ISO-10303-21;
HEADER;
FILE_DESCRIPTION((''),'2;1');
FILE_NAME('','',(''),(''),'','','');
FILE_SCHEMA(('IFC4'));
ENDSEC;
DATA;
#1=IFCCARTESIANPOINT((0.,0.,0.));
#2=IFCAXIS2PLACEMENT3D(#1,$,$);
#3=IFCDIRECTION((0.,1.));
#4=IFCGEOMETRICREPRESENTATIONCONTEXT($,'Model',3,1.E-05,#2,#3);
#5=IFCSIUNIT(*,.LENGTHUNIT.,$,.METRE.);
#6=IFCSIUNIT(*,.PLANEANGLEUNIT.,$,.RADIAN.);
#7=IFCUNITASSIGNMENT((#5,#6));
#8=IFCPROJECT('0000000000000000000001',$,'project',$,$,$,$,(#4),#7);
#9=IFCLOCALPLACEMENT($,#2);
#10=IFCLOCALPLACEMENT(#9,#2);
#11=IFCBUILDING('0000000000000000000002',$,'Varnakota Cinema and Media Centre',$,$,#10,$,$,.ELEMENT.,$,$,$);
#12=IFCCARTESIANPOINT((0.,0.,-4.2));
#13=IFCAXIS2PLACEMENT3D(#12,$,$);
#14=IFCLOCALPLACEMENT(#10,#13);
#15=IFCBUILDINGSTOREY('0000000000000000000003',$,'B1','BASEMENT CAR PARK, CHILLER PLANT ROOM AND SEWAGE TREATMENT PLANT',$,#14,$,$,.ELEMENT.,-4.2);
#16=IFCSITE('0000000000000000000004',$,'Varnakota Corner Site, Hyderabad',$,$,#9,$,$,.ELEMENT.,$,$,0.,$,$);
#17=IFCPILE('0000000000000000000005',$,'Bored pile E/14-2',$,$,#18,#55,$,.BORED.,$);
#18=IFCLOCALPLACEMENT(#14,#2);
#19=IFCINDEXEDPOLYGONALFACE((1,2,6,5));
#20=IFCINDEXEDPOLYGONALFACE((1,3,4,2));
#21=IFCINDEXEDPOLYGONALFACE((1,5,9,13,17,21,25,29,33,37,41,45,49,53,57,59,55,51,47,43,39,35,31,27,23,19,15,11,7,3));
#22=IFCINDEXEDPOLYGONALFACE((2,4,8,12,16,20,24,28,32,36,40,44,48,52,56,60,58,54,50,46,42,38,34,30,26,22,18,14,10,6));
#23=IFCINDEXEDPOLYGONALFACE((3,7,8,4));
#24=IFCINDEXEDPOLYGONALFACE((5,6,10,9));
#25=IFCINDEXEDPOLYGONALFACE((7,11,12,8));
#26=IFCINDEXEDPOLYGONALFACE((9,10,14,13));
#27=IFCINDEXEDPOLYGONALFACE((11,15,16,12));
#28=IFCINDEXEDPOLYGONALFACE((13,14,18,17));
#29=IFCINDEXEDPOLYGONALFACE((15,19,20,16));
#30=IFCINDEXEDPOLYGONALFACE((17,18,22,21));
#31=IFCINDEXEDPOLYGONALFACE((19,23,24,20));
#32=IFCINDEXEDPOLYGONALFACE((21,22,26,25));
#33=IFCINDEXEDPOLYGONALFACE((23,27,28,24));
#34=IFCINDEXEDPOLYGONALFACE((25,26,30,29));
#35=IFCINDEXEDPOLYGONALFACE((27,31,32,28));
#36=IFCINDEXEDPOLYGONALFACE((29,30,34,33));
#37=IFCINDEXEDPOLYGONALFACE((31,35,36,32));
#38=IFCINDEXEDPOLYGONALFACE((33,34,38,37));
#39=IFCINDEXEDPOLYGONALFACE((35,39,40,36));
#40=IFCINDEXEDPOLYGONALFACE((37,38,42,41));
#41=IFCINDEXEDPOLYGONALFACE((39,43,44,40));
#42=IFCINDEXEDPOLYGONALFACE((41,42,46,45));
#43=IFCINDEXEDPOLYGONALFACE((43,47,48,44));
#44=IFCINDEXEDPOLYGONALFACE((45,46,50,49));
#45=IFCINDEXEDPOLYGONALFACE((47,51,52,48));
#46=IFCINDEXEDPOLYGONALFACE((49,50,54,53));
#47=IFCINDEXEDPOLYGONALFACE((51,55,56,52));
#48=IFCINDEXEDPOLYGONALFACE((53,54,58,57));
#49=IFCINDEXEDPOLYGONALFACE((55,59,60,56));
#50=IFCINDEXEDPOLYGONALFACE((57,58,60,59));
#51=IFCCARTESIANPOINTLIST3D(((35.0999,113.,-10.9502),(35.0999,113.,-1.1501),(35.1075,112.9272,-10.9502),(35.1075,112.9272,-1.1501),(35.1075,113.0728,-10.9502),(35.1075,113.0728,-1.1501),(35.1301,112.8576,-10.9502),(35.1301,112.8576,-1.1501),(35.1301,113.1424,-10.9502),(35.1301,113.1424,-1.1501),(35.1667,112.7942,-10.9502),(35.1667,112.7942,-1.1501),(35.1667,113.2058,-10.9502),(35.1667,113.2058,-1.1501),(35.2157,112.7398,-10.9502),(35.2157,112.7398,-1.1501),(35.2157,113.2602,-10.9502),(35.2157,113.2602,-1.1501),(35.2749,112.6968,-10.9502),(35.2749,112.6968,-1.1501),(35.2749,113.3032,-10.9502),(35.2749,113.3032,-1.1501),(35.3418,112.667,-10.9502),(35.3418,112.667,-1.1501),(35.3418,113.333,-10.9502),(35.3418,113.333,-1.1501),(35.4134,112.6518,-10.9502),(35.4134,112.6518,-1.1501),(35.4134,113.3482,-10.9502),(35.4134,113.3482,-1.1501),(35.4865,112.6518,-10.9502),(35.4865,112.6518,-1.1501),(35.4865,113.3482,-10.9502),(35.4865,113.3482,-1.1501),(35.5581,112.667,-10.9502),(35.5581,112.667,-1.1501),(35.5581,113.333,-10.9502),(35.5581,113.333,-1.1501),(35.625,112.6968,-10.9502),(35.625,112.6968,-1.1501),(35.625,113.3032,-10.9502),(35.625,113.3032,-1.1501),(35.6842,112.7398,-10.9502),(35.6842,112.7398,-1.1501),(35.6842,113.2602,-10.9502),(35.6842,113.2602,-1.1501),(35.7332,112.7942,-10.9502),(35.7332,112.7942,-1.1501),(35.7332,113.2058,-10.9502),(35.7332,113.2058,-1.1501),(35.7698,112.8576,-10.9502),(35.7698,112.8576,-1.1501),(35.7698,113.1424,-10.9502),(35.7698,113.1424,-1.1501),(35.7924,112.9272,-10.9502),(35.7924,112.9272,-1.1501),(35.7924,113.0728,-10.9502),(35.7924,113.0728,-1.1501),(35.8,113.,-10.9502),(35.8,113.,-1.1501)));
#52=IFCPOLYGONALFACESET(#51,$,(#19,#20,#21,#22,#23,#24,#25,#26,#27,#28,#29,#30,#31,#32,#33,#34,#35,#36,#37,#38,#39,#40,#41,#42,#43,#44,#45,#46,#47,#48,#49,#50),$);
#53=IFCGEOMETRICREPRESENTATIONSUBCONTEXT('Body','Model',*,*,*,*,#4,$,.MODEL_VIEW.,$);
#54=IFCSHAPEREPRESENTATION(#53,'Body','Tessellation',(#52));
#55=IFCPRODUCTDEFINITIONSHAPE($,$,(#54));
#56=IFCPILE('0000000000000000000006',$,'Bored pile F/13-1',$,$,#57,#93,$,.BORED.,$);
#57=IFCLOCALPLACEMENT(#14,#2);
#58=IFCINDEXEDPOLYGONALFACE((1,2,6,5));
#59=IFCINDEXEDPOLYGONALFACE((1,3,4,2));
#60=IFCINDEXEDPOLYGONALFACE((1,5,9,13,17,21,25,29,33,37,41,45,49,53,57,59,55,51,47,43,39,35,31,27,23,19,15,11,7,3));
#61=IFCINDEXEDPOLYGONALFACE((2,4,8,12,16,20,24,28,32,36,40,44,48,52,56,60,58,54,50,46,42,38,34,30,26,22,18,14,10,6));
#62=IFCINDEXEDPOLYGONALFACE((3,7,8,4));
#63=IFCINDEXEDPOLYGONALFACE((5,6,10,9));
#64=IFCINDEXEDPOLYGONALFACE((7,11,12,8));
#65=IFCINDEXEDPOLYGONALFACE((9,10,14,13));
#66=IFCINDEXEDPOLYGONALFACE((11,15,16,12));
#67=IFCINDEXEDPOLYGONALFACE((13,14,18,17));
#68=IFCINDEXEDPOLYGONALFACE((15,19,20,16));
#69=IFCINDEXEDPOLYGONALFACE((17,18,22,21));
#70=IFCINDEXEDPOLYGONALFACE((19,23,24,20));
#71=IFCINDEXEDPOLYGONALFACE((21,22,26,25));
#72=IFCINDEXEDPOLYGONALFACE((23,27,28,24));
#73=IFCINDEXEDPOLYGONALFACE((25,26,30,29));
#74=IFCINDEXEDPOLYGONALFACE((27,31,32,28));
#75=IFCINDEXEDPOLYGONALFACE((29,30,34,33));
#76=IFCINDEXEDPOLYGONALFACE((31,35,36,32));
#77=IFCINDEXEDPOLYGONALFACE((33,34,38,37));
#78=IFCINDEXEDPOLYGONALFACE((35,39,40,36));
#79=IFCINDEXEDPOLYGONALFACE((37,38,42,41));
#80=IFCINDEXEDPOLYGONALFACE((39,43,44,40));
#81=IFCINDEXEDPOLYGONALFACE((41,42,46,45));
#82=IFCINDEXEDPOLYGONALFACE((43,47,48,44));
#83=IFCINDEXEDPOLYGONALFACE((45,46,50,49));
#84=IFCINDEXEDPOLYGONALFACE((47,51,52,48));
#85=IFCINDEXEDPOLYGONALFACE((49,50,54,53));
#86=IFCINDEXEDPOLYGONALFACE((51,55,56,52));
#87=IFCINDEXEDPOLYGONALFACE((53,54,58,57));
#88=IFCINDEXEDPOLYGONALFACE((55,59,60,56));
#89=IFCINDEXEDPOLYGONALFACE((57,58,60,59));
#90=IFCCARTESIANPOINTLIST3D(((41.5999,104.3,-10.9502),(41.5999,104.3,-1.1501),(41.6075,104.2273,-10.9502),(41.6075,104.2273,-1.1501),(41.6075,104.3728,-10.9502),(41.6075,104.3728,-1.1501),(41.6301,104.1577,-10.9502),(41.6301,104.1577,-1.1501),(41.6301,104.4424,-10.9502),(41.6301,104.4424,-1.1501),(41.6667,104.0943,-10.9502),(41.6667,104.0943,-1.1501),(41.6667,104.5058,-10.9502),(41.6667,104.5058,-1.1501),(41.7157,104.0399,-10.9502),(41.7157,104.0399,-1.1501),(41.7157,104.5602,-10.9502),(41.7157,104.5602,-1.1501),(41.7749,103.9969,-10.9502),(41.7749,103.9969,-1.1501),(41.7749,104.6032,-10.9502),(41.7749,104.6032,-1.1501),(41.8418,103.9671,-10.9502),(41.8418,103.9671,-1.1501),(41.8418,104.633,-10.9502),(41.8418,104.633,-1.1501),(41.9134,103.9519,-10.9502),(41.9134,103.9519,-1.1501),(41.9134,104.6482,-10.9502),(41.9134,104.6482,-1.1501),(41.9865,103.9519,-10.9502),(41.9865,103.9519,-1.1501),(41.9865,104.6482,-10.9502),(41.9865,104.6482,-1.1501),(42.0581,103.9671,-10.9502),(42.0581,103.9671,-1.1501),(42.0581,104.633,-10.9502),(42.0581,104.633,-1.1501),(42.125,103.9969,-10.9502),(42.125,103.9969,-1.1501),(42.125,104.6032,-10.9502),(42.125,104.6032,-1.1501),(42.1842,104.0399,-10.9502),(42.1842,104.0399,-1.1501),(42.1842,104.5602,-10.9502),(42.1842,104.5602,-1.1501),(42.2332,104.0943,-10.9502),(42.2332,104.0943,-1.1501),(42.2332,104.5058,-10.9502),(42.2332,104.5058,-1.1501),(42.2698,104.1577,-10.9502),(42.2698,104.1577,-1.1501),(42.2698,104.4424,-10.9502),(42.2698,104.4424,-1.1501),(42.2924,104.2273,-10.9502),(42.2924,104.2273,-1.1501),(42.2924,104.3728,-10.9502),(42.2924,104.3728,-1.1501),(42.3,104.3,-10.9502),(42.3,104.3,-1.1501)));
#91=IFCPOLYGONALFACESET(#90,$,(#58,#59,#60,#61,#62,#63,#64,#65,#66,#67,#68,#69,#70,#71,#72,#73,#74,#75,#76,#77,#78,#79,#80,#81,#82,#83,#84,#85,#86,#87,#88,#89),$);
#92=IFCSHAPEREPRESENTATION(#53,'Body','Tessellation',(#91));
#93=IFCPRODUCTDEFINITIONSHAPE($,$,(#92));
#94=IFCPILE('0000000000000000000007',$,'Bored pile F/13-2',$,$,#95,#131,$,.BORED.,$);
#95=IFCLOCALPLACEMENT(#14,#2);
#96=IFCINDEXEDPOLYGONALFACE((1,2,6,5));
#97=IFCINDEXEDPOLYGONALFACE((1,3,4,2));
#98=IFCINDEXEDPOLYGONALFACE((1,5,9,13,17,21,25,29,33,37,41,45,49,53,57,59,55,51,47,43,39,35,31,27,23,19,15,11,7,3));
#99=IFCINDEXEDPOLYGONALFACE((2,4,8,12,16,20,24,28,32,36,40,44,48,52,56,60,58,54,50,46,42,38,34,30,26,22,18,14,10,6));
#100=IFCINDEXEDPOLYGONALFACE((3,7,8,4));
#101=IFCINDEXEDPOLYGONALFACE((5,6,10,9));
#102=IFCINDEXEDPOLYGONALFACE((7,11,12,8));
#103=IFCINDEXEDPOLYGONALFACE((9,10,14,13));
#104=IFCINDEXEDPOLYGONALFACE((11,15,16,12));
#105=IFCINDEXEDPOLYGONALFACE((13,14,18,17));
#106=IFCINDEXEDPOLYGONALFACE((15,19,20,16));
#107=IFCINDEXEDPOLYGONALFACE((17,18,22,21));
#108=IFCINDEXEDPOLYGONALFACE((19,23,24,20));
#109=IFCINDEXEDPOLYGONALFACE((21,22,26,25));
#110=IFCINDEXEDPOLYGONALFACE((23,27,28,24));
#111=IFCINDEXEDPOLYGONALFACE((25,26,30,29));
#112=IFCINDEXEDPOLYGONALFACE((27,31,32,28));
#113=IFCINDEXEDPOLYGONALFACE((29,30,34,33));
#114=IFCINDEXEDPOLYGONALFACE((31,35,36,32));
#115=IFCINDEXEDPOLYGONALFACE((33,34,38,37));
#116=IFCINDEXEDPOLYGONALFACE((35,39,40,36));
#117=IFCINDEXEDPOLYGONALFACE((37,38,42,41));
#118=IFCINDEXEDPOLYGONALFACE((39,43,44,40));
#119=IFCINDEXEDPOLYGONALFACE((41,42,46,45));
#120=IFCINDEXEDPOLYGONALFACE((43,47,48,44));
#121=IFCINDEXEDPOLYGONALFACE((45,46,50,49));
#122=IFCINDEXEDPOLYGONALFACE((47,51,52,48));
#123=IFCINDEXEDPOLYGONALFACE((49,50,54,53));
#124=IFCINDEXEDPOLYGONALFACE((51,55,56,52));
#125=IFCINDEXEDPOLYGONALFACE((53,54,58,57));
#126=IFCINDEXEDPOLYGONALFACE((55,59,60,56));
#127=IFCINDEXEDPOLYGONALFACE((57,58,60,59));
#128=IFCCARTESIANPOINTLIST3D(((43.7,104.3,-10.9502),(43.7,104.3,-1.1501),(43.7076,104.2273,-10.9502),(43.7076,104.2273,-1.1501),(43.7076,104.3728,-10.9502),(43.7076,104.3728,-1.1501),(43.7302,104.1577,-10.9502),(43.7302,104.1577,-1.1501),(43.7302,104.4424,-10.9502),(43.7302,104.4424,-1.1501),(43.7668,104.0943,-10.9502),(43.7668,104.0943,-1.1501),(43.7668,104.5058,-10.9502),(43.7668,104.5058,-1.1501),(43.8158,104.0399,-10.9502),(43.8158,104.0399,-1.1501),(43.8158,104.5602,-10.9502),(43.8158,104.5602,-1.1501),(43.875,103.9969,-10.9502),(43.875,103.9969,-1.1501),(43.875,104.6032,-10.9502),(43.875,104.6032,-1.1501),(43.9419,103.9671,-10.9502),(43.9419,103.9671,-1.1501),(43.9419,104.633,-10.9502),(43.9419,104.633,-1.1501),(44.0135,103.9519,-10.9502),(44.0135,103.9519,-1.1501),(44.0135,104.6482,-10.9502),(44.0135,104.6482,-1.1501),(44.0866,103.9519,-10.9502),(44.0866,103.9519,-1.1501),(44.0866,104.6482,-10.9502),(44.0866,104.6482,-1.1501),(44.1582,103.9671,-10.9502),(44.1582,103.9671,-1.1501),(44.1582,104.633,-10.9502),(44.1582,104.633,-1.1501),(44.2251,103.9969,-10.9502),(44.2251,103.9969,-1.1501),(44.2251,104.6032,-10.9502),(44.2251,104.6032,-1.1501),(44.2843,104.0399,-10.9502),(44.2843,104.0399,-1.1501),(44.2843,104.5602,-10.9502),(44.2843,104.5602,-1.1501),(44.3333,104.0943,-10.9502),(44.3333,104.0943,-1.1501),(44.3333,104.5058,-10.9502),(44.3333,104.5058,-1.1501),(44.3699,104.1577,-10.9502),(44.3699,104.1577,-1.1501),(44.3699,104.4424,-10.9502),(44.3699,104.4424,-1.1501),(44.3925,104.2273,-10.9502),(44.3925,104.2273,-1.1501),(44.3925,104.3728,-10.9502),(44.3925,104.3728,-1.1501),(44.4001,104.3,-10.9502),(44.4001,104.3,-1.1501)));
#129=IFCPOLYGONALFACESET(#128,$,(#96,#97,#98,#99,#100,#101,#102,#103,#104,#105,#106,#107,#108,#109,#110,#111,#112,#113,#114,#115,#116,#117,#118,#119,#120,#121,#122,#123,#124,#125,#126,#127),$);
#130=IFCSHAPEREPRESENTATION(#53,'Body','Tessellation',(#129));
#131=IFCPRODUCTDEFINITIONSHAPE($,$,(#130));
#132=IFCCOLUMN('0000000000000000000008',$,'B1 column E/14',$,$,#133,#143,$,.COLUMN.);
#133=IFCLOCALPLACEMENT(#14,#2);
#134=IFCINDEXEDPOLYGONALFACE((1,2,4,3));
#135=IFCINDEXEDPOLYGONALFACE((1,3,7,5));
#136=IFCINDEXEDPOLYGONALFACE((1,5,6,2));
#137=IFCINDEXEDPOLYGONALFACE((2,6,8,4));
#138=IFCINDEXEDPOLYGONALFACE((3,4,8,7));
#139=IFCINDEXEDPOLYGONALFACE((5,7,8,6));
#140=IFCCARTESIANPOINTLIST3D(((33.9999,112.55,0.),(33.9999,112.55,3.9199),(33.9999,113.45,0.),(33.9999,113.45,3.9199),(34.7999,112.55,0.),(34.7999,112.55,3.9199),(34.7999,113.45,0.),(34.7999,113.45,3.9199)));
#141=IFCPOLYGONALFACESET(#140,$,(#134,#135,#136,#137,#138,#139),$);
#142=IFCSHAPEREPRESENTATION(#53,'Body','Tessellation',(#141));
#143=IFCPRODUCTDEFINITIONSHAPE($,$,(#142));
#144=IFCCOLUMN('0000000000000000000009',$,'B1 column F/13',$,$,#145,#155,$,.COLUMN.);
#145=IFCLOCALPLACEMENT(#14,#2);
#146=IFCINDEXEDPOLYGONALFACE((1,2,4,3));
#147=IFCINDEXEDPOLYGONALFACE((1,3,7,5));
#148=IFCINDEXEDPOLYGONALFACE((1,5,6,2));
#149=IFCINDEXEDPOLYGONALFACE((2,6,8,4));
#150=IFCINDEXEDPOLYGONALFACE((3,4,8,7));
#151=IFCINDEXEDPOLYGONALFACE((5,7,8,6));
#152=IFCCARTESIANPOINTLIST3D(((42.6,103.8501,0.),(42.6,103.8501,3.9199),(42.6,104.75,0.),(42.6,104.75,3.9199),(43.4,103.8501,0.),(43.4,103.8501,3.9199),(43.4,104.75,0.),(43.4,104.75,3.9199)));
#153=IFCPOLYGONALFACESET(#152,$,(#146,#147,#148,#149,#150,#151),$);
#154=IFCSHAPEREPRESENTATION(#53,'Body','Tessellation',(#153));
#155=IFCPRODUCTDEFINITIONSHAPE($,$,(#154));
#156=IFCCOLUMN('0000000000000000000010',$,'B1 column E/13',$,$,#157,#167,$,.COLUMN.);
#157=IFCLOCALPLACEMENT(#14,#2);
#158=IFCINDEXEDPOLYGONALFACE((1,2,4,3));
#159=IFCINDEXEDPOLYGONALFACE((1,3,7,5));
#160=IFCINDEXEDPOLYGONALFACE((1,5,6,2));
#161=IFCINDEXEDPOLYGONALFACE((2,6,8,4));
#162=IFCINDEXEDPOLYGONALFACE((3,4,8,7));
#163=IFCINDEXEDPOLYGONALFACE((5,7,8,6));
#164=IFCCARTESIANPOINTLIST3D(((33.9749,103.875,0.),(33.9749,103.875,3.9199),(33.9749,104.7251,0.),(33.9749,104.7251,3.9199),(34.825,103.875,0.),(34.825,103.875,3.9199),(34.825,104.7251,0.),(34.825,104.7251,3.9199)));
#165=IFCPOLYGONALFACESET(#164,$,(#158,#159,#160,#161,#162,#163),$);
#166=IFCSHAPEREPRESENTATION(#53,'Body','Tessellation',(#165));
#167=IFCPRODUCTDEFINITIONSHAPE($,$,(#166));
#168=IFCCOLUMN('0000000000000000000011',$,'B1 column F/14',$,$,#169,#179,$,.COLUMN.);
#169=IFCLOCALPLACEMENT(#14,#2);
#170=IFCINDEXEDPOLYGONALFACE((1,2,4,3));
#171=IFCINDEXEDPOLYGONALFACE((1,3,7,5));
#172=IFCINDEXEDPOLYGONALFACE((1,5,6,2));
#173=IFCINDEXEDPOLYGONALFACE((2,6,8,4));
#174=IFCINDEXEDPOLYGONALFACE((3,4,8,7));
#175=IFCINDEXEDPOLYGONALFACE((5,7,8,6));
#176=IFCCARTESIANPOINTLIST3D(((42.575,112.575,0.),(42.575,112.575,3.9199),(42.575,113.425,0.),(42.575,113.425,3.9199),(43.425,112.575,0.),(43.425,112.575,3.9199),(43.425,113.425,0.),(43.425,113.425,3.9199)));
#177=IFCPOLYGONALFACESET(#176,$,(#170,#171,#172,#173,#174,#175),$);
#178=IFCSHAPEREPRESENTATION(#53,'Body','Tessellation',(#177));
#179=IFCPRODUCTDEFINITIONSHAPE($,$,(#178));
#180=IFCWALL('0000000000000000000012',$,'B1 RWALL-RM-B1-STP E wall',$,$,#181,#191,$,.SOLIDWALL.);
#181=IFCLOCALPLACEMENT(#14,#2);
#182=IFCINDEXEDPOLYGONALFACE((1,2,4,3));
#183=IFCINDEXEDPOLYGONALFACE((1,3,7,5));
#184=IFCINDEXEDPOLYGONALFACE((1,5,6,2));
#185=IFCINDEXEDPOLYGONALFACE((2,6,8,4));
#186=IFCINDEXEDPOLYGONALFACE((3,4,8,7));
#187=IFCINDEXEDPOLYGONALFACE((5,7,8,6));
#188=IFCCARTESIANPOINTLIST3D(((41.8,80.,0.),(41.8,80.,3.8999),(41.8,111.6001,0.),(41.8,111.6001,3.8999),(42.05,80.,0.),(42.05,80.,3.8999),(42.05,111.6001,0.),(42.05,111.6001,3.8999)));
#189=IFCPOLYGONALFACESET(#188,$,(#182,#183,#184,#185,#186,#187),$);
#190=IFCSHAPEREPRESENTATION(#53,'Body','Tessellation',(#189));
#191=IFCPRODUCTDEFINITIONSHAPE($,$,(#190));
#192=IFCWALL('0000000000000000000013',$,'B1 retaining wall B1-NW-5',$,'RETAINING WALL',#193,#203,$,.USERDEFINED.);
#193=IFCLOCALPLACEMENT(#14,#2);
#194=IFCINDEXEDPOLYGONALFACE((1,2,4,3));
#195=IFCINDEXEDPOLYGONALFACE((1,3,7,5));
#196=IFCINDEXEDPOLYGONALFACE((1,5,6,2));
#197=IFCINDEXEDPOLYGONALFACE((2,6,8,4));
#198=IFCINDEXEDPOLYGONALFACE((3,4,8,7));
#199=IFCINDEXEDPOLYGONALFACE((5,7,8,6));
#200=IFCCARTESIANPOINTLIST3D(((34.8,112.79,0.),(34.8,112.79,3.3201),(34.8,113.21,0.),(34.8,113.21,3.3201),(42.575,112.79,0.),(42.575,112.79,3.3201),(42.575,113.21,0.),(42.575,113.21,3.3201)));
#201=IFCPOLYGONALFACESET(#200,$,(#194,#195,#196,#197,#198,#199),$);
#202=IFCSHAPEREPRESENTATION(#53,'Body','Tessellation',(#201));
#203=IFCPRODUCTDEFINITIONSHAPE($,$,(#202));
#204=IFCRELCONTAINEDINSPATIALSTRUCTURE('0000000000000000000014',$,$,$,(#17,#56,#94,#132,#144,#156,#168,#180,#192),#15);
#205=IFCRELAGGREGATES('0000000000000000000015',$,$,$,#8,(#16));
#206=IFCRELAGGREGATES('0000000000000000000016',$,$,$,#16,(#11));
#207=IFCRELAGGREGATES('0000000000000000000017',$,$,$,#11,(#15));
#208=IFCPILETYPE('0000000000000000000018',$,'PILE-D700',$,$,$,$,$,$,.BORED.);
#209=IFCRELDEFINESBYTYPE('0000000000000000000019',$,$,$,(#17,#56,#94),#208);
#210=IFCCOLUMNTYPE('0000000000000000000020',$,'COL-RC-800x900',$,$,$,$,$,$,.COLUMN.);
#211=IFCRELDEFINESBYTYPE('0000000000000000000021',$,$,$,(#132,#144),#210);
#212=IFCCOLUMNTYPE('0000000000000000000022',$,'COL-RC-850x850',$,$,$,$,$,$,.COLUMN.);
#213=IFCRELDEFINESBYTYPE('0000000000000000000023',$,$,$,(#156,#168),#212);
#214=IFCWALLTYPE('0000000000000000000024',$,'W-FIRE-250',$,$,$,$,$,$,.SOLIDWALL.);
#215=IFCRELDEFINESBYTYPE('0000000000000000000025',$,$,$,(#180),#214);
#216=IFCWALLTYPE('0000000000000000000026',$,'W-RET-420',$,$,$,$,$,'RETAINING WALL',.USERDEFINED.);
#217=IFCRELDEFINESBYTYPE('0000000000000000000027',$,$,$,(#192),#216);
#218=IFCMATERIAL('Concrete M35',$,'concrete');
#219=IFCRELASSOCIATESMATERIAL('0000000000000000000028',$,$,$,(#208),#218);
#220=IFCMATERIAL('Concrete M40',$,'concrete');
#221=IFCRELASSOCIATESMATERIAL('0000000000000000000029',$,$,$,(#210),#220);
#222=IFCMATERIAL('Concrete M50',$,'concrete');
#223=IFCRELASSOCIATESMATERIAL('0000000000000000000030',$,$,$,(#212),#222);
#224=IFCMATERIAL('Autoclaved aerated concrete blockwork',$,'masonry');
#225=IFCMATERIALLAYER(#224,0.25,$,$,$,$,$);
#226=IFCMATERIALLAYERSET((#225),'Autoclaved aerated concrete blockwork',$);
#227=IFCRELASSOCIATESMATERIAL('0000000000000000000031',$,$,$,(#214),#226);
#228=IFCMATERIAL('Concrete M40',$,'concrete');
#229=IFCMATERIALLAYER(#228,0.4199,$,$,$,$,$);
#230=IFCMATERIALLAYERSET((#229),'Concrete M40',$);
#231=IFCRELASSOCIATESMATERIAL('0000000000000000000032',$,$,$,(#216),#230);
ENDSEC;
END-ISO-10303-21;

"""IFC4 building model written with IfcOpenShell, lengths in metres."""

from ifc_helpers import new_model, si_unit, direction, frame, frame_2d, origin, origin_2d, place, context, subcontext, project, spatial, rectangle, circle, extrude, material, layer, layer_set, material_profile, profile_set, type_object, element, save


model = new_model("IFC4")

# Units and contexts
model_context = context("Model", 3, precision=1e-05, world=origin(), true_north=direction((0.0, 1.0)))
body_context = subcontext(model_context, "Body", "Model", "MODEL_VIEW")
ifc_project = project(units=[si_unit("LENGTHUNIT", "METRE"), si_unit("PLANEANGLEUNIT", "RADIAN")], contexts=[model_context])

# Site, building, storey
site_placement = place(None, origin())
site = spatial("IfcSite", under=ifc_project, at=site_placement, Name="Varnakota Corner Site, Hyderabad", CompositionType="ELEMENT", RefElevation=0.0)
building_placement = place(site_placement, origin())
building = spatial("IfcBuilding", under=site, at=building_placement, Name="Varnakota Cinema and Media Centre", CompositionType="ELEMENT")
storey_placement = place(building_placement, frame((0.0, 0.0, -4.2)))
storey = spatial("IfcBuildingStorey", under=building, at=storey_placement, Name="B1", Description="BASEMENT CAR PARK, CHILLER PLANT ROOM AND SEWAGE TREATMENT PLANT", CompositionType="ELEMENT", Elevation=-4.2)

# Piles
ifc_material_1 = material(Name="Concrete M35", Category="concrete")
ifc_material_profile_1 = material_profile(ifc_material_1, circle(Radius=0.3501, at=origin_2d()), Name="PILE D700")
ifc_profile_set_1 = profile_set([ifc_material_profile_1], Name="Concrete M35")
pile_type_1 = type_object("IfcPileType", Name="PILE-D700", PredefinedType="BORED", material=ifc_profile_set_1)
for number, where, z_axis, x_axis, name in (
    (1, (35.45, 113.0, -1.1501), (0.0, 0.0, -1.0), (1.0, 0.0, 0.0), "Bored pile E/14-2"),
    (2, (41.95, 104.3, -1.1501), (0.0, 0.0, -1.0), (1.0, 0.0, 0.0), "Bored pile F/13-1"),
    (3, (44.05, 104.3, -1.1501), (0.0, 0.0, -1.0), (1.0, 0.0, 0.0), "Bored pile F/13-2"),
):
    element("IfcPile", number, at=place(storey_placement, frame(where, z_axis=z_axis, x_axis=x_axis)), inside=storey, type_object=pile_type_1, Name=name, PredefinedType="BORED", context=body_context, shape_type="SweptSolid", body=[
        extrude(circle(Radius=0.3501, at=origin_2d()), origin(), (0.0, 0.0, 1.0), 9.8),
    ])

# Columns
ifc_material_2 = material(Name="Concrete M40", Category="concrete")
ifc_material_profile_2 = material_profile(ifc_material_2, rectangle(XDim=0.8, YDim=0.8999, at=origin_2d()), Name="RC 800x900")
ifc_profile_set_2 = profile_set([ifc_material_profile_2], Name="Concrete M40")
column_type_1 = type_object("IfcColumnType", Name="COL-RC-800x900", PredefinedType="COLUMN", material=ifc_profile_set_2)
for number, where, z_axis, x_axis, name in (
    (4, (34.3999, 113.0, 0.0), (0.0, 0.0, 1.0), (1.0, 0.0, 0.0), "B1 column E/14"),
    (5, (43.0, 104.3, 0.0), (0.0, 0.0, 1.0), (1.0, 0.0, 0.0), "B1 column F/13"),
):
    element("IfcColumn", number, at=place(storey_placement, frame(where, z_axis=z_axis, x_axis=x_axis)), inside=storey, type_object=column_type_1, Name=name, PredefinedType="COLUMN", context=body_context, shape_type="SweptSolid", body=[
        extrude(rectangle(XDim=0.8, YDim=0.8999, at=origin_2d()), origin(), (0.0, 0.0, 1.0), 3.9199),
    ])
ifc_material_3 = material(Name="Concrete M50", Category="concrete")
ifc_material_profile_3 = material_profile(ifc_material_3, rectangle(XDim=0.8501, YDim=0.8501, at=origin_2d()), Name="RC 850x850")
ifc_profile_set_3 = profile_set([ifc_material_profile_3], Name="Concrete M50")
column_type_2 = type_object("IfcColumnType", Name="COL-RC-850x850", PredefinedType="COLUMN", material=ifc_profile_set_3)
for number, where, z_axis, x_axis, name in (
    (6, (34.3999, 104.3, 0.0), (0.0, 0.0, 1.0), (1.0, 0.0, 0.0), "B1 column E/13"),
    (7, (43.0, 113.0, 0.0), (0.0, 0.0, 1.0), (1.0, 0.0, 0.0), "B1 column F/14"),
):
    element("IfcColumn", number, at=place(storey_placement, frame(where, z_axis=z_axis, x_axis=x_axis)), inside=storey, type_object=column_type_2, Name=name, PredefinedType="COLUMN", context=body_context, shape_type="SweptSolid", body=[
        extrude(rectangle(XDim=0.8501, YDim=0.8501, at=origin_2d()), origin(), (0.0, 0.0, 1.0), 3.9199),
    ])

# Walls
ifc_material_4 = material(Name="Autoclaved aerated concrete blockwork", Category="masonry")
ifc_layer_1 = layer(ifc_material_4, 0.25)
ifc_layer_set_1 = layer_set([ifc_layer_1], Name="Autoclaved aerated concrete blockwork")
wall_type_1 = type_object("IfcWallType", Name="W-FIRE-250", PredefinedType="SOLIDWALL", material=ifc_layer_set_1)
wall_1_placement = place(storey_placement, frame((41.925, 111.6001, 0.0), z_axis=(0.0, 0.0, 1.0), x_axis=(0.0, -1.0, 0.0)))
element("IfcWall", 8, at=wall_1_placement, inside=storey, type_object=wall_type_1, Name="B1 RWALL-RM-B1-STP E wall", PredefinedType="SOLIDWALL", context=body_context, shape_type="SweptSolid", body=[
    extrude(rectangle(XDim=31.6001, YDim=0.25, at=frame_2d((15.8, 0.0))), origin(), (0.0, 0.0, 1.0), 3.8999),
])
ifc_material_5 = material(Name="Concrete M40", Category="concrete")
ifc_layer_2 = layer(ifc_material_5, 0.4199)
ifc_layer_set_2 = layer_set([ifc_layer_2], Name="Concrete M40")
wall_type_2 = type_object("IfcWallType", Name="W-RET-420", ElementType="RETAINING WALL", PredefinedType="USERDEFINED", material=ifc_layer_set_2)
wall_2_placement = place(storey_placement, frame((34.8, 113.0, 0.0), z_axis=(0.0, 0.0, 1.0), x_axis=(1.0, 0.0, 0.0)))
element("IfcWall", 9, at=wall_2_placement, inside=storey, type_object=wall_type_2, Name="B1 retaining wall B1-NW-5", ObjectType="RETAINING WALL", PredefinedType="USERDEFINED", context=body_context, shape_type="SweptSolid", body=[
    extrude(rectangle(XDim=7.7749, YDim=0.4199, at=frame_2d((3.8875, 0.0))), origin(), (0.0, 0.0, 1.0), 3.3201),
])

save(model, "model.ifc")
